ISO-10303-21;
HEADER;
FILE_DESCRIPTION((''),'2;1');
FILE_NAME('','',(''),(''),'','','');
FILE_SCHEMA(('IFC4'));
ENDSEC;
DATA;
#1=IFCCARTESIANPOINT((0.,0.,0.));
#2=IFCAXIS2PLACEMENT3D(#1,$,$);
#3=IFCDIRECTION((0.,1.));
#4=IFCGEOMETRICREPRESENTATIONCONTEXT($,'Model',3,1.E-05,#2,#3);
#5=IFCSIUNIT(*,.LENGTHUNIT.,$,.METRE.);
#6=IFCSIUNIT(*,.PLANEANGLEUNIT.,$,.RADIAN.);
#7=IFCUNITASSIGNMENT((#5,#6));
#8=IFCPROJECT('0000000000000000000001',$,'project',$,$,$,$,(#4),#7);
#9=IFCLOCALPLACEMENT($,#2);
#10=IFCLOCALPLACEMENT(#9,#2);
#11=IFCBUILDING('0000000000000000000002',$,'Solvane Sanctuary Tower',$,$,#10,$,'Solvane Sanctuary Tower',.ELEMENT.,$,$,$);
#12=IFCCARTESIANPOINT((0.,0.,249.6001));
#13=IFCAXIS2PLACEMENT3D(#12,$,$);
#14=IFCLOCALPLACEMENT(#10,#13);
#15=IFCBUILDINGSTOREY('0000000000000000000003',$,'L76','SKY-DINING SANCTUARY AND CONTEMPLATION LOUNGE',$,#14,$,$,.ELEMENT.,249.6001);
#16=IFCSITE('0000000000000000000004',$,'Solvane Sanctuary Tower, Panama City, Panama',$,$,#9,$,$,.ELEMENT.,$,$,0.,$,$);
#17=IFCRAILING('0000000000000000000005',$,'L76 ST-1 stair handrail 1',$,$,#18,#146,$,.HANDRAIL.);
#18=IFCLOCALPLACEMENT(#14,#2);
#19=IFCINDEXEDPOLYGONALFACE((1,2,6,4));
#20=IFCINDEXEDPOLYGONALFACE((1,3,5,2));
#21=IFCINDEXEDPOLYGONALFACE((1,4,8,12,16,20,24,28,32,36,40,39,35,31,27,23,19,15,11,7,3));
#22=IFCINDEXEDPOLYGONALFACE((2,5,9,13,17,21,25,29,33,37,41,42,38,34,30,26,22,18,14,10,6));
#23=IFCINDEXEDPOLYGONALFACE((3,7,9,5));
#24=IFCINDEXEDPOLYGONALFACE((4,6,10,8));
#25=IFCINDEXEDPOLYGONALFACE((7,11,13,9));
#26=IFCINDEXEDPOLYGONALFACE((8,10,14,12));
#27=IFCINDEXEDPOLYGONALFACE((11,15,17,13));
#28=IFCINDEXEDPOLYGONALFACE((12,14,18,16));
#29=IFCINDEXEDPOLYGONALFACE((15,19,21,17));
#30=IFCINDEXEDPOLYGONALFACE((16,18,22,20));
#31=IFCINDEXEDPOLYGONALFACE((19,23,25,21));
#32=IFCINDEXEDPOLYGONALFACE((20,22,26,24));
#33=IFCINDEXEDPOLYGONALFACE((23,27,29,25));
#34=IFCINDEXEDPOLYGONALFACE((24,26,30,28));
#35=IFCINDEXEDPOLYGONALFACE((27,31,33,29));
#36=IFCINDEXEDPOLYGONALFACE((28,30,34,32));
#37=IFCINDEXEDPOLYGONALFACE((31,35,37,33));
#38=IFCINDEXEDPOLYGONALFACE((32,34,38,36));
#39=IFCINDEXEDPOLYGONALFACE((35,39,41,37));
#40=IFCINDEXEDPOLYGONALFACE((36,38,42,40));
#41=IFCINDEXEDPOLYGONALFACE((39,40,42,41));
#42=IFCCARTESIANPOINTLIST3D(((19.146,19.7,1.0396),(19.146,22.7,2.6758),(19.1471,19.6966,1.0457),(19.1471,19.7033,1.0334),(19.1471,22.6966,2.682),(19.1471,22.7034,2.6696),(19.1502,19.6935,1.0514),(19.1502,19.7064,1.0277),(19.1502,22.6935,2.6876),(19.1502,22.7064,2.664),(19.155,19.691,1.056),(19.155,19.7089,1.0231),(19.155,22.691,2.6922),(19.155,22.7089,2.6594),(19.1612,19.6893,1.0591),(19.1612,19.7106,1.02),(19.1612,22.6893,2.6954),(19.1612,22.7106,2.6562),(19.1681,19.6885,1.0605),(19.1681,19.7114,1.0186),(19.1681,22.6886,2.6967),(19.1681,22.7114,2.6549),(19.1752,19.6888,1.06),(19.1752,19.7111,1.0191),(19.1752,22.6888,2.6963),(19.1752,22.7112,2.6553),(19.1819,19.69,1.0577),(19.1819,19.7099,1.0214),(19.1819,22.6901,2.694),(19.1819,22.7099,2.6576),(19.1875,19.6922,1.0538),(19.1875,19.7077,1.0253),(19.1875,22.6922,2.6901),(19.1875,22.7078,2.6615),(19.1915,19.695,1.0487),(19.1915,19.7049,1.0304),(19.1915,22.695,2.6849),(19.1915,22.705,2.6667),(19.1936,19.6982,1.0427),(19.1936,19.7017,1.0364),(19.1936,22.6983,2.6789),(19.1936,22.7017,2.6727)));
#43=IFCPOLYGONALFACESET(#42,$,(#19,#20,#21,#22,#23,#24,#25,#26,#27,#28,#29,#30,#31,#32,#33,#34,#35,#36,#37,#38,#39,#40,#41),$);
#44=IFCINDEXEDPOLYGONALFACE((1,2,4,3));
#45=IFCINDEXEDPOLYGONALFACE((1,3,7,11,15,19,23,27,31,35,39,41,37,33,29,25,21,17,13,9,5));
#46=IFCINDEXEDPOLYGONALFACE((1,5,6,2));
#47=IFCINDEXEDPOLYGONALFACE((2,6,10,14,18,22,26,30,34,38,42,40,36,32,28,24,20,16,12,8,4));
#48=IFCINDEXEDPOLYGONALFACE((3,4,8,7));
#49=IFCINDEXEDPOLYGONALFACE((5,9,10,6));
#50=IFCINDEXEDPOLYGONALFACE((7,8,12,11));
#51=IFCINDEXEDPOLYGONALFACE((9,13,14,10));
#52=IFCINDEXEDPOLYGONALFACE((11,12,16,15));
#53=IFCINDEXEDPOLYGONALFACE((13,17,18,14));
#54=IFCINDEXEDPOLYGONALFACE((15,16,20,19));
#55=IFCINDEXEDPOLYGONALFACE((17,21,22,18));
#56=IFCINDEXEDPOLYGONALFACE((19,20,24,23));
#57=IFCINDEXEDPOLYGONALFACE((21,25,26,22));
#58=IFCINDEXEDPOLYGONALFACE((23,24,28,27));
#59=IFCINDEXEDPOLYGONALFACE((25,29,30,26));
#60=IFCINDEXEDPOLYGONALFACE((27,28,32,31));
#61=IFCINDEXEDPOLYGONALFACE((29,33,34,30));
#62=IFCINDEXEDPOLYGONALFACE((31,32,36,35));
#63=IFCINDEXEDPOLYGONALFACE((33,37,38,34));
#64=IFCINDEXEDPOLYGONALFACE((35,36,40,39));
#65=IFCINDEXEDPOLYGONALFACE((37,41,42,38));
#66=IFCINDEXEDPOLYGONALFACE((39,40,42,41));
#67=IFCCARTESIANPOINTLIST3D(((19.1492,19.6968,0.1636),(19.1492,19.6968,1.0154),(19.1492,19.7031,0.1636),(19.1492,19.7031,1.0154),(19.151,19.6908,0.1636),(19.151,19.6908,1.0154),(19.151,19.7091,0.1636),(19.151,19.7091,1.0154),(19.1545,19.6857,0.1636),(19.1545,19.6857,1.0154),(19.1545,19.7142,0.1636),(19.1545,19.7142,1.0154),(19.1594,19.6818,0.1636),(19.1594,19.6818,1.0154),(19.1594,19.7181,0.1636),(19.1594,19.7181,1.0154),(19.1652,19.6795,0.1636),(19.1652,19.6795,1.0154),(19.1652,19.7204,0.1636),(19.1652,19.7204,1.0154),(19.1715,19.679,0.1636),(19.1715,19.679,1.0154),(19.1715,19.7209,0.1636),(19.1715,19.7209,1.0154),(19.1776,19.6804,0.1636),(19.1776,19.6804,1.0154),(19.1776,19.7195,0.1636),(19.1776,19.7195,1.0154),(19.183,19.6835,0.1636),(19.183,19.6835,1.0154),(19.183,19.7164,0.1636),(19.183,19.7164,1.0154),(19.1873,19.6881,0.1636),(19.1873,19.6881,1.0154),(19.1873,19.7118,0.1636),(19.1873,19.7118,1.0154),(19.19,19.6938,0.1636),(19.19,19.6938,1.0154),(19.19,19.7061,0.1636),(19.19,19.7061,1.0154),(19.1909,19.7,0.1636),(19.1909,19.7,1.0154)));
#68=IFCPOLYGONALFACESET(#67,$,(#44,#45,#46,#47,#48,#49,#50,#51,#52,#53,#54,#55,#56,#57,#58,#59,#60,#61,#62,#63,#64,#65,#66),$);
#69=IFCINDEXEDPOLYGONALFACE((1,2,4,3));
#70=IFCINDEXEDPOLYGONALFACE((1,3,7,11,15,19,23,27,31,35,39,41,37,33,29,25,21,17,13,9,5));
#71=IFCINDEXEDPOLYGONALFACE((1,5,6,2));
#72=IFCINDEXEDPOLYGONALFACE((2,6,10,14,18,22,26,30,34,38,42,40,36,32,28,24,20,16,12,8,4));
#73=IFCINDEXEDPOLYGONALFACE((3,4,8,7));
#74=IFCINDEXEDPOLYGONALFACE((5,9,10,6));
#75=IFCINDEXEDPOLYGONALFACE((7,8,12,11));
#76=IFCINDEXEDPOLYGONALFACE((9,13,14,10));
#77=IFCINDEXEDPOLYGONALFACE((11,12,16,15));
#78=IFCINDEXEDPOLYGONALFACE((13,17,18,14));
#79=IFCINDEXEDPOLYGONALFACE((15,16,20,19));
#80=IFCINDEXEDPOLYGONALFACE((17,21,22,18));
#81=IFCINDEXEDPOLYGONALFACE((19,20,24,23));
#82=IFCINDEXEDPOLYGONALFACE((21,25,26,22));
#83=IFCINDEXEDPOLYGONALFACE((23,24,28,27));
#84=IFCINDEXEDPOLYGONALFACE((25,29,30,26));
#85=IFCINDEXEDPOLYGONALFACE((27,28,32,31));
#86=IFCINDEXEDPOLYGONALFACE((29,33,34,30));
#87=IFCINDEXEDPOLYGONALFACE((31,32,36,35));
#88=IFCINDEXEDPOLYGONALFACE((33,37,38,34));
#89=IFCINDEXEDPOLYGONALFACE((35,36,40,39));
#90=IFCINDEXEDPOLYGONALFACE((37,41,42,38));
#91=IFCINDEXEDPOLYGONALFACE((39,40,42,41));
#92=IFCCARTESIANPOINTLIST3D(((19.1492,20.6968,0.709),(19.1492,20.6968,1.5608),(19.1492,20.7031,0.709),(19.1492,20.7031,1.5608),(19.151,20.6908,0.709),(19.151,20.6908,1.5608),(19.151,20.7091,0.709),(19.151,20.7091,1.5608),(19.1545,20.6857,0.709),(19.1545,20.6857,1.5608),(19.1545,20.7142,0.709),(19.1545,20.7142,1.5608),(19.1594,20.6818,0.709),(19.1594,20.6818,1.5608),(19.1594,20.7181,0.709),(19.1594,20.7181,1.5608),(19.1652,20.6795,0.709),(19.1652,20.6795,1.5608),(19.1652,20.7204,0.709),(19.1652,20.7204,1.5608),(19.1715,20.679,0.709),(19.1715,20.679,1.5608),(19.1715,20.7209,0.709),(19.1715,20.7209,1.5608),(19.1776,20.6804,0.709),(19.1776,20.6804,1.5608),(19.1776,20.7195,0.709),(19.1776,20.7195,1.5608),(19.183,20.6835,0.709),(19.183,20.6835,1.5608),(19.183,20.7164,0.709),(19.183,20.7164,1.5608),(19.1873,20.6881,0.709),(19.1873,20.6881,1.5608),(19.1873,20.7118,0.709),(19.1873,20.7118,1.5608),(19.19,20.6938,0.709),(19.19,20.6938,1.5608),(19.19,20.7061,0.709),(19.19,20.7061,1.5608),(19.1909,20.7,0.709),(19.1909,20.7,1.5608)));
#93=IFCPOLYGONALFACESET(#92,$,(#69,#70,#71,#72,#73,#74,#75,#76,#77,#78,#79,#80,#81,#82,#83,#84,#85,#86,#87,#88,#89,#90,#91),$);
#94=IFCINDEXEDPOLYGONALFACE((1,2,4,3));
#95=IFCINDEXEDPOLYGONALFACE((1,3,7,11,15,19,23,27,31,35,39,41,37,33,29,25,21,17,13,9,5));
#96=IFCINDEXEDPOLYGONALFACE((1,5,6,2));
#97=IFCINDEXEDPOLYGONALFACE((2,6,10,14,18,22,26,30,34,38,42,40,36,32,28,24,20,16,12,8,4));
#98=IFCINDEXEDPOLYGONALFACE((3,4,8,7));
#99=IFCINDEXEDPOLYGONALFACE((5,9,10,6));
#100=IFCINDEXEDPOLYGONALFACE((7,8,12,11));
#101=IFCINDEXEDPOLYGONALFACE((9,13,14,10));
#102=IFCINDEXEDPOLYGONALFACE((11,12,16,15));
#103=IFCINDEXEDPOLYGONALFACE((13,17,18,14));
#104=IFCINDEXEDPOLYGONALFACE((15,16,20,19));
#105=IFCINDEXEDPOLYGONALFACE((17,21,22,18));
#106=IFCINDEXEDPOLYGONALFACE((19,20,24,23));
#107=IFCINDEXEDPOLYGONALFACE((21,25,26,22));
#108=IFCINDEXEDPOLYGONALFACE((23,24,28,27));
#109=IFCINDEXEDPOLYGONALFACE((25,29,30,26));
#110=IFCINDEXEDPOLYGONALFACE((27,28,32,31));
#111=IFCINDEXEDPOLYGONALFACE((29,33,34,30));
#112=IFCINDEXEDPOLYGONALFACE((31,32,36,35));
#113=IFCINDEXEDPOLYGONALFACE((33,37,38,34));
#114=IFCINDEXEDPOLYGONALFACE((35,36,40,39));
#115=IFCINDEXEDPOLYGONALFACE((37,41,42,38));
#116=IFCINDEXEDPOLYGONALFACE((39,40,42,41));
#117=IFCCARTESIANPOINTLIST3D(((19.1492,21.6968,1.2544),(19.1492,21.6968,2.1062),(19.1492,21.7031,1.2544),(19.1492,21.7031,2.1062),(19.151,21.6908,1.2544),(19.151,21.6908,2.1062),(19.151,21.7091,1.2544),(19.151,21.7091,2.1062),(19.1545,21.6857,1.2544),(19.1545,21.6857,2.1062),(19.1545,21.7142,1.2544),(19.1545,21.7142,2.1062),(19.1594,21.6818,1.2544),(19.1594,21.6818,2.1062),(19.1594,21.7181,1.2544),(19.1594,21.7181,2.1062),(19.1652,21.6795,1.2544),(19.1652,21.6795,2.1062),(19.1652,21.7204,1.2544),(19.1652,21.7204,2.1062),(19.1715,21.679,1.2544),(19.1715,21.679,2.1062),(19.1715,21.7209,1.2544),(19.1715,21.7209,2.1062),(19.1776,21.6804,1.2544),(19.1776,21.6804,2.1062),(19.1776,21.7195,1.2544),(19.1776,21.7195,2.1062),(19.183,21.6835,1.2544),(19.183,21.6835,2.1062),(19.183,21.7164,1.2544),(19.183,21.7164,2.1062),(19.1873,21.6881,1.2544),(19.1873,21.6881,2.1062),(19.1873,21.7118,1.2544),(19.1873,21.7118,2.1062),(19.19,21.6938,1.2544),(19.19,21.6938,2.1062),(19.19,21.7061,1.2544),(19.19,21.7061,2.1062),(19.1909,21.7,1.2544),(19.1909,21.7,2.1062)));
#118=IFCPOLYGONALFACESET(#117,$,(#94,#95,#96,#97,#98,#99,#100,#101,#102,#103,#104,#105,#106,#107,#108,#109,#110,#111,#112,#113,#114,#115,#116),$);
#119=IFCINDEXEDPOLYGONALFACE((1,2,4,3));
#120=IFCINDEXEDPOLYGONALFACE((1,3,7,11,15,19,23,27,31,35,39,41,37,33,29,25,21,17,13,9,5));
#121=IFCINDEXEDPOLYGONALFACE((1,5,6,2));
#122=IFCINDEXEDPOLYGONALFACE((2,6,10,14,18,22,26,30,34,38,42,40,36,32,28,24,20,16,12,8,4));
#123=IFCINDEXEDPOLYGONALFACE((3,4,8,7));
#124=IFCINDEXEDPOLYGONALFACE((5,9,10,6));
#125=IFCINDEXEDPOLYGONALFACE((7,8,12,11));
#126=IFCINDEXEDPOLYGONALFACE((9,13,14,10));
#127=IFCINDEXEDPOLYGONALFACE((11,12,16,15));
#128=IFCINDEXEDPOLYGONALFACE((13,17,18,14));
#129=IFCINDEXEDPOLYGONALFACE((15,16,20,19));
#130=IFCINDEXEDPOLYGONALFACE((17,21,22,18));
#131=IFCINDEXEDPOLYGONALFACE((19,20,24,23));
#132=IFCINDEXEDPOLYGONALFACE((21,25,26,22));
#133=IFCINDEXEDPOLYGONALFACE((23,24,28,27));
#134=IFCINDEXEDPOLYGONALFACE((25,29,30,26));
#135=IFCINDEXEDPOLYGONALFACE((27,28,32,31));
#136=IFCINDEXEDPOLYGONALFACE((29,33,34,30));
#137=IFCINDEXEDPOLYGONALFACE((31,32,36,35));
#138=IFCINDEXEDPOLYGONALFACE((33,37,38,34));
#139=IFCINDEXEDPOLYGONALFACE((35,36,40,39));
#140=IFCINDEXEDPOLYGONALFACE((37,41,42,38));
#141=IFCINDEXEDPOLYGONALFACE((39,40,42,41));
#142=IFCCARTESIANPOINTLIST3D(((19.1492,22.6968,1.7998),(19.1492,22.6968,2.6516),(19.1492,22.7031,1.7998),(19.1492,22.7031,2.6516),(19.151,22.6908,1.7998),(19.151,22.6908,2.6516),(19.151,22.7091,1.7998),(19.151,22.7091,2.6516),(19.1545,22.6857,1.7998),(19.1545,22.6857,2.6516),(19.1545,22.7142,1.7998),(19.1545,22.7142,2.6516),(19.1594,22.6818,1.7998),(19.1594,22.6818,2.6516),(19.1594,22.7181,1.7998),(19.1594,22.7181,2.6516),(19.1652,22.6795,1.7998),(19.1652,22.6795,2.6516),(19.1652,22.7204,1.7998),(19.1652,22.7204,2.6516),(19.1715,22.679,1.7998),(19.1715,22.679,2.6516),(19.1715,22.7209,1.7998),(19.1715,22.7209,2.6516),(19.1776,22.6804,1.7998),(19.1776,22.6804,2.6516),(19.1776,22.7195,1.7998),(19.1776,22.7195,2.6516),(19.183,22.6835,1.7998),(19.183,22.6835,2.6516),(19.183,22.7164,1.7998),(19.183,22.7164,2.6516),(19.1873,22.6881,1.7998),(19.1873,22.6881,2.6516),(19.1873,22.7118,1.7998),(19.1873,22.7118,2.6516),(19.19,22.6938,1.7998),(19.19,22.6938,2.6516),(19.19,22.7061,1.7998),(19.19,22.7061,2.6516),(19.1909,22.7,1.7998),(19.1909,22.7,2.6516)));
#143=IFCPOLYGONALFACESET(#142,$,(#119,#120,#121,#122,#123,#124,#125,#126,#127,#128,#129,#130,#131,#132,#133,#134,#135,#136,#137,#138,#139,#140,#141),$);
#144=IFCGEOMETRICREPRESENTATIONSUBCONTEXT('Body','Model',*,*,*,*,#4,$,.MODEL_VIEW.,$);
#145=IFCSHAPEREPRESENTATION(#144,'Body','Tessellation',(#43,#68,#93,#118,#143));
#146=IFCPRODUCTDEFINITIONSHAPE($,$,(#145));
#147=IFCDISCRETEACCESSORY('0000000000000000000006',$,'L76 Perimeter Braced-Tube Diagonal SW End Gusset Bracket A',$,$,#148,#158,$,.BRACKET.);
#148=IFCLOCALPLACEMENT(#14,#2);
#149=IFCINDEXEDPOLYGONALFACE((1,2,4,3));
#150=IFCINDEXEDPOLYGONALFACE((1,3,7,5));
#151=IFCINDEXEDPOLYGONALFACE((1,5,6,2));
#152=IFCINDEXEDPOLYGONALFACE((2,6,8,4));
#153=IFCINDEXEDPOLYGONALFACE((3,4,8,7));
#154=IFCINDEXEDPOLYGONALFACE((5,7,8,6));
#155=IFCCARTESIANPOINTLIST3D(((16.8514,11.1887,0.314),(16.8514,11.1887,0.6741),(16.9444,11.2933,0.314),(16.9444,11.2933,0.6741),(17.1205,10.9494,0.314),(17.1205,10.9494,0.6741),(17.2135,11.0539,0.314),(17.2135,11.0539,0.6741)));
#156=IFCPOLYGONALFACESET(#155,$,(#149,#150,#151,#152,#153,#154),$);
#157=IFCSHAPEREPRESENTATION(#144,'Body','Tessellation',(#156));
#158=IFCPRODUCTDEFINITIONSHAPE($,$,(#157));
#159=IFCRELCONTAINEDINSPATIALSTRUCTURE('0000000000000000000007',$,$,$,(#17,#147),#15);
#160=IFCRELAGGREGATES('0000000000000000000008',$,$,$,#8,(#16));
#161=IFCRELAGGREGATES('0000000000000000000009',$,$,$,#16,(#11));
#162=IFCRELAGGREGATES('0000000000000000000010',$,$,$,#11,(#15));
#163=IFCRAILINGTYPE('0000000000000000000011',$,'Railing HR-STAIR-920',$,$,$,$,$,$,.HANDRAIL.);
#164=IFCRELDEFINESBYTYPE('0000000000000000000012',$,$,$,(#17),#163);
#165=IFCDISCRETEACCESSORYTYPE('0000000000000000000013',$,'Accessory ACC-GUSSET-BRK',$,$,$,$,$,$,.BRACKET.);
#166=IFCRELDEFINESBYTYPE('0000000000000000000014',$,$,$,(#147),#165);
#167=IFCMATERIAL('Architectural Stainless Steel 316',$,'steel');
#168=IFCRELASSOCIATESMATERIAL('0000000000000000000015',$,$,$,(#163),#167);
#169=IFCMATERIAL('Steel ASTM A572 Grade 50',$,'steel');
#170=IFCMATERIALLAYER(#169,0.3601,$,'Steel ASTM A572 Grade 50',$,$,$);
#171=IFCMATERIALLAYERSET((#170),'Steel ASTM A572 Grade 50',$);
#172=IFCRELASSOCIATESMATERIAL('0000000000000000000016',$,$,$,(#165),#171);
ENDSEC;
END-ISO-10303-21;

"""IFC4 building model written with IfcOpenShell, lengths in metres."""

from ifc_helpers import new_model, si_unit, direction, frame, origin, origin_2d, place, context, subcontext, project, spatial, rectangle, circle, extrude, material, layer, layer_set, type_object, element, save


model = new_model("IFC4")

# Units and contexts
model_context = context("Model", 3, precision=1e-05, world=origin(), true_north=direction((0.0, 1.0)))
body_context = subcontext(model_context, "Body", "Model", "MODEL_VIEW")
ifc_project = project(units=[si_unit("LENGTHUNIT", "METRE"), si_unit("PLANEANGLEUNIT", "RADIAN")], contexts=[model_context])

# Site, building, storey
site_placement = place(None, origin())
site = spatial("IfcSite", under=ifc_project, at=site_placement, Name="Solvane Sanctuary Tower, Panama City, Panama", CompositionType="ELEMENT", RefElevation=0.0)
building_placement = place(site_placement, origin())
building = spatial("IfcBuilding", under=site, at=building_placement, Name="Solvane Sanctuary Tower", LongName="Solvane Sanctuary Tower", CompositionType="ELEMENT")
storey_placement = place(building_placement, frame((0.0, 0.0, 249.6001)))
storey = spatial("IfcBuildingStorey", under=building, at=storey_placement, Name="L76", Description="SKY-DINING SANCTUARY AND CONTEMPLATION LOUNGE", CompositionType="ELEMENT", Elevation=249.6001)

# Shared definitions
ifc_material_1 = material(Name="Architectural Stainless Steel 316", Category="steel")

# Railing
railing_type_1 = type_object("IfcRailingType", Name="Railing HR-STAIR-920", PredefinedType="HANDRAIL", material=ifc_material_1)
railing_1_placement = place(storey_placement, frame((19.1699, 19.7, 0.1636)))
element("IfcRailing", 1, at=railing_1_placement, inside=storey, type_object=railing_type_1, Name="L76 ST-1 stair handrail 1", PredefinedType="HANDRAIL", context=body_context, shape_type="SweptSolid", body=[
    extrude(circle(Radius=0.0239, at=origin_2d()), frame((0.0, 0.0, 0.876), z_axis=(0.0, 0.877912, 0.478822), x_axis=(-1.0, 0.0, 0.0)), (0.0, 0.0, 1.0), 3.4172),
    extrude(circle(Radius=0.021, at=origin_2d()), origin(), (0.0, 0.0, 1.0), 0.8518),
    extrude(circle(Radius=0.021, at=origin_2d()), frame((0.0, 1.0, 0.5454)), (0.0, 0.0, 1.0), 0.8518),
    extrude(circle(Radius=0.021, at=origin_2d()), frame((0.0, 2.0, 1.0908)), (0.0, 0.0, 1.0), 0.8518),
    extrude(circle(Radius=0.021, at=origin_2d()), frame((0.0, 3.0, 1.6362)), (0.0, 0.0, 1.0), 0.8518),
])

# Discrete accessory
ifc_material_2 = material(Name="Steel ASTM A572 Grade 50", Category="steel")
ifc_layer_1 = layer(ifc_material_2, 0.3601, Name="Steel ASTM A572 Grade 50")
ifc_layer_set_1 = layer_set([ifc_layer_1], Name="Steel ASTM A572 Grade 50")
discrete_accessory_type = type_object("IfcDiscreteAccessoryType", Name="Accessory ACC-GUSSET-BRK", PredefinedType="BRACKET", material=ifc_layer_set_1)
discrete_accessory_placement = place(storey_placement, frame((17.0325, 11.1213, 0.314), z_axis=(0.0, 0.0, 1.0), x_axis=(0.747218, -0.664579, 0.0)))
element("IfcDiscreteAccessory", 2, at=discrete_accessory_placement, inside=storey, type_object=discrete_accessory_type, Name="L76 Perimeter Braced-Tube Diagonal SW End Gusset Bracket A", PredefinedType="BRACKET", context=body_context, shape_type="SweptSolid", body=[
    extrude(rectangle(XDim=0.3601, YDim=0.1399, at=origin_2d()), origin(), (0.0, 0.0, 1.0), 0.3601),
])

save(model, "model.ifc")
